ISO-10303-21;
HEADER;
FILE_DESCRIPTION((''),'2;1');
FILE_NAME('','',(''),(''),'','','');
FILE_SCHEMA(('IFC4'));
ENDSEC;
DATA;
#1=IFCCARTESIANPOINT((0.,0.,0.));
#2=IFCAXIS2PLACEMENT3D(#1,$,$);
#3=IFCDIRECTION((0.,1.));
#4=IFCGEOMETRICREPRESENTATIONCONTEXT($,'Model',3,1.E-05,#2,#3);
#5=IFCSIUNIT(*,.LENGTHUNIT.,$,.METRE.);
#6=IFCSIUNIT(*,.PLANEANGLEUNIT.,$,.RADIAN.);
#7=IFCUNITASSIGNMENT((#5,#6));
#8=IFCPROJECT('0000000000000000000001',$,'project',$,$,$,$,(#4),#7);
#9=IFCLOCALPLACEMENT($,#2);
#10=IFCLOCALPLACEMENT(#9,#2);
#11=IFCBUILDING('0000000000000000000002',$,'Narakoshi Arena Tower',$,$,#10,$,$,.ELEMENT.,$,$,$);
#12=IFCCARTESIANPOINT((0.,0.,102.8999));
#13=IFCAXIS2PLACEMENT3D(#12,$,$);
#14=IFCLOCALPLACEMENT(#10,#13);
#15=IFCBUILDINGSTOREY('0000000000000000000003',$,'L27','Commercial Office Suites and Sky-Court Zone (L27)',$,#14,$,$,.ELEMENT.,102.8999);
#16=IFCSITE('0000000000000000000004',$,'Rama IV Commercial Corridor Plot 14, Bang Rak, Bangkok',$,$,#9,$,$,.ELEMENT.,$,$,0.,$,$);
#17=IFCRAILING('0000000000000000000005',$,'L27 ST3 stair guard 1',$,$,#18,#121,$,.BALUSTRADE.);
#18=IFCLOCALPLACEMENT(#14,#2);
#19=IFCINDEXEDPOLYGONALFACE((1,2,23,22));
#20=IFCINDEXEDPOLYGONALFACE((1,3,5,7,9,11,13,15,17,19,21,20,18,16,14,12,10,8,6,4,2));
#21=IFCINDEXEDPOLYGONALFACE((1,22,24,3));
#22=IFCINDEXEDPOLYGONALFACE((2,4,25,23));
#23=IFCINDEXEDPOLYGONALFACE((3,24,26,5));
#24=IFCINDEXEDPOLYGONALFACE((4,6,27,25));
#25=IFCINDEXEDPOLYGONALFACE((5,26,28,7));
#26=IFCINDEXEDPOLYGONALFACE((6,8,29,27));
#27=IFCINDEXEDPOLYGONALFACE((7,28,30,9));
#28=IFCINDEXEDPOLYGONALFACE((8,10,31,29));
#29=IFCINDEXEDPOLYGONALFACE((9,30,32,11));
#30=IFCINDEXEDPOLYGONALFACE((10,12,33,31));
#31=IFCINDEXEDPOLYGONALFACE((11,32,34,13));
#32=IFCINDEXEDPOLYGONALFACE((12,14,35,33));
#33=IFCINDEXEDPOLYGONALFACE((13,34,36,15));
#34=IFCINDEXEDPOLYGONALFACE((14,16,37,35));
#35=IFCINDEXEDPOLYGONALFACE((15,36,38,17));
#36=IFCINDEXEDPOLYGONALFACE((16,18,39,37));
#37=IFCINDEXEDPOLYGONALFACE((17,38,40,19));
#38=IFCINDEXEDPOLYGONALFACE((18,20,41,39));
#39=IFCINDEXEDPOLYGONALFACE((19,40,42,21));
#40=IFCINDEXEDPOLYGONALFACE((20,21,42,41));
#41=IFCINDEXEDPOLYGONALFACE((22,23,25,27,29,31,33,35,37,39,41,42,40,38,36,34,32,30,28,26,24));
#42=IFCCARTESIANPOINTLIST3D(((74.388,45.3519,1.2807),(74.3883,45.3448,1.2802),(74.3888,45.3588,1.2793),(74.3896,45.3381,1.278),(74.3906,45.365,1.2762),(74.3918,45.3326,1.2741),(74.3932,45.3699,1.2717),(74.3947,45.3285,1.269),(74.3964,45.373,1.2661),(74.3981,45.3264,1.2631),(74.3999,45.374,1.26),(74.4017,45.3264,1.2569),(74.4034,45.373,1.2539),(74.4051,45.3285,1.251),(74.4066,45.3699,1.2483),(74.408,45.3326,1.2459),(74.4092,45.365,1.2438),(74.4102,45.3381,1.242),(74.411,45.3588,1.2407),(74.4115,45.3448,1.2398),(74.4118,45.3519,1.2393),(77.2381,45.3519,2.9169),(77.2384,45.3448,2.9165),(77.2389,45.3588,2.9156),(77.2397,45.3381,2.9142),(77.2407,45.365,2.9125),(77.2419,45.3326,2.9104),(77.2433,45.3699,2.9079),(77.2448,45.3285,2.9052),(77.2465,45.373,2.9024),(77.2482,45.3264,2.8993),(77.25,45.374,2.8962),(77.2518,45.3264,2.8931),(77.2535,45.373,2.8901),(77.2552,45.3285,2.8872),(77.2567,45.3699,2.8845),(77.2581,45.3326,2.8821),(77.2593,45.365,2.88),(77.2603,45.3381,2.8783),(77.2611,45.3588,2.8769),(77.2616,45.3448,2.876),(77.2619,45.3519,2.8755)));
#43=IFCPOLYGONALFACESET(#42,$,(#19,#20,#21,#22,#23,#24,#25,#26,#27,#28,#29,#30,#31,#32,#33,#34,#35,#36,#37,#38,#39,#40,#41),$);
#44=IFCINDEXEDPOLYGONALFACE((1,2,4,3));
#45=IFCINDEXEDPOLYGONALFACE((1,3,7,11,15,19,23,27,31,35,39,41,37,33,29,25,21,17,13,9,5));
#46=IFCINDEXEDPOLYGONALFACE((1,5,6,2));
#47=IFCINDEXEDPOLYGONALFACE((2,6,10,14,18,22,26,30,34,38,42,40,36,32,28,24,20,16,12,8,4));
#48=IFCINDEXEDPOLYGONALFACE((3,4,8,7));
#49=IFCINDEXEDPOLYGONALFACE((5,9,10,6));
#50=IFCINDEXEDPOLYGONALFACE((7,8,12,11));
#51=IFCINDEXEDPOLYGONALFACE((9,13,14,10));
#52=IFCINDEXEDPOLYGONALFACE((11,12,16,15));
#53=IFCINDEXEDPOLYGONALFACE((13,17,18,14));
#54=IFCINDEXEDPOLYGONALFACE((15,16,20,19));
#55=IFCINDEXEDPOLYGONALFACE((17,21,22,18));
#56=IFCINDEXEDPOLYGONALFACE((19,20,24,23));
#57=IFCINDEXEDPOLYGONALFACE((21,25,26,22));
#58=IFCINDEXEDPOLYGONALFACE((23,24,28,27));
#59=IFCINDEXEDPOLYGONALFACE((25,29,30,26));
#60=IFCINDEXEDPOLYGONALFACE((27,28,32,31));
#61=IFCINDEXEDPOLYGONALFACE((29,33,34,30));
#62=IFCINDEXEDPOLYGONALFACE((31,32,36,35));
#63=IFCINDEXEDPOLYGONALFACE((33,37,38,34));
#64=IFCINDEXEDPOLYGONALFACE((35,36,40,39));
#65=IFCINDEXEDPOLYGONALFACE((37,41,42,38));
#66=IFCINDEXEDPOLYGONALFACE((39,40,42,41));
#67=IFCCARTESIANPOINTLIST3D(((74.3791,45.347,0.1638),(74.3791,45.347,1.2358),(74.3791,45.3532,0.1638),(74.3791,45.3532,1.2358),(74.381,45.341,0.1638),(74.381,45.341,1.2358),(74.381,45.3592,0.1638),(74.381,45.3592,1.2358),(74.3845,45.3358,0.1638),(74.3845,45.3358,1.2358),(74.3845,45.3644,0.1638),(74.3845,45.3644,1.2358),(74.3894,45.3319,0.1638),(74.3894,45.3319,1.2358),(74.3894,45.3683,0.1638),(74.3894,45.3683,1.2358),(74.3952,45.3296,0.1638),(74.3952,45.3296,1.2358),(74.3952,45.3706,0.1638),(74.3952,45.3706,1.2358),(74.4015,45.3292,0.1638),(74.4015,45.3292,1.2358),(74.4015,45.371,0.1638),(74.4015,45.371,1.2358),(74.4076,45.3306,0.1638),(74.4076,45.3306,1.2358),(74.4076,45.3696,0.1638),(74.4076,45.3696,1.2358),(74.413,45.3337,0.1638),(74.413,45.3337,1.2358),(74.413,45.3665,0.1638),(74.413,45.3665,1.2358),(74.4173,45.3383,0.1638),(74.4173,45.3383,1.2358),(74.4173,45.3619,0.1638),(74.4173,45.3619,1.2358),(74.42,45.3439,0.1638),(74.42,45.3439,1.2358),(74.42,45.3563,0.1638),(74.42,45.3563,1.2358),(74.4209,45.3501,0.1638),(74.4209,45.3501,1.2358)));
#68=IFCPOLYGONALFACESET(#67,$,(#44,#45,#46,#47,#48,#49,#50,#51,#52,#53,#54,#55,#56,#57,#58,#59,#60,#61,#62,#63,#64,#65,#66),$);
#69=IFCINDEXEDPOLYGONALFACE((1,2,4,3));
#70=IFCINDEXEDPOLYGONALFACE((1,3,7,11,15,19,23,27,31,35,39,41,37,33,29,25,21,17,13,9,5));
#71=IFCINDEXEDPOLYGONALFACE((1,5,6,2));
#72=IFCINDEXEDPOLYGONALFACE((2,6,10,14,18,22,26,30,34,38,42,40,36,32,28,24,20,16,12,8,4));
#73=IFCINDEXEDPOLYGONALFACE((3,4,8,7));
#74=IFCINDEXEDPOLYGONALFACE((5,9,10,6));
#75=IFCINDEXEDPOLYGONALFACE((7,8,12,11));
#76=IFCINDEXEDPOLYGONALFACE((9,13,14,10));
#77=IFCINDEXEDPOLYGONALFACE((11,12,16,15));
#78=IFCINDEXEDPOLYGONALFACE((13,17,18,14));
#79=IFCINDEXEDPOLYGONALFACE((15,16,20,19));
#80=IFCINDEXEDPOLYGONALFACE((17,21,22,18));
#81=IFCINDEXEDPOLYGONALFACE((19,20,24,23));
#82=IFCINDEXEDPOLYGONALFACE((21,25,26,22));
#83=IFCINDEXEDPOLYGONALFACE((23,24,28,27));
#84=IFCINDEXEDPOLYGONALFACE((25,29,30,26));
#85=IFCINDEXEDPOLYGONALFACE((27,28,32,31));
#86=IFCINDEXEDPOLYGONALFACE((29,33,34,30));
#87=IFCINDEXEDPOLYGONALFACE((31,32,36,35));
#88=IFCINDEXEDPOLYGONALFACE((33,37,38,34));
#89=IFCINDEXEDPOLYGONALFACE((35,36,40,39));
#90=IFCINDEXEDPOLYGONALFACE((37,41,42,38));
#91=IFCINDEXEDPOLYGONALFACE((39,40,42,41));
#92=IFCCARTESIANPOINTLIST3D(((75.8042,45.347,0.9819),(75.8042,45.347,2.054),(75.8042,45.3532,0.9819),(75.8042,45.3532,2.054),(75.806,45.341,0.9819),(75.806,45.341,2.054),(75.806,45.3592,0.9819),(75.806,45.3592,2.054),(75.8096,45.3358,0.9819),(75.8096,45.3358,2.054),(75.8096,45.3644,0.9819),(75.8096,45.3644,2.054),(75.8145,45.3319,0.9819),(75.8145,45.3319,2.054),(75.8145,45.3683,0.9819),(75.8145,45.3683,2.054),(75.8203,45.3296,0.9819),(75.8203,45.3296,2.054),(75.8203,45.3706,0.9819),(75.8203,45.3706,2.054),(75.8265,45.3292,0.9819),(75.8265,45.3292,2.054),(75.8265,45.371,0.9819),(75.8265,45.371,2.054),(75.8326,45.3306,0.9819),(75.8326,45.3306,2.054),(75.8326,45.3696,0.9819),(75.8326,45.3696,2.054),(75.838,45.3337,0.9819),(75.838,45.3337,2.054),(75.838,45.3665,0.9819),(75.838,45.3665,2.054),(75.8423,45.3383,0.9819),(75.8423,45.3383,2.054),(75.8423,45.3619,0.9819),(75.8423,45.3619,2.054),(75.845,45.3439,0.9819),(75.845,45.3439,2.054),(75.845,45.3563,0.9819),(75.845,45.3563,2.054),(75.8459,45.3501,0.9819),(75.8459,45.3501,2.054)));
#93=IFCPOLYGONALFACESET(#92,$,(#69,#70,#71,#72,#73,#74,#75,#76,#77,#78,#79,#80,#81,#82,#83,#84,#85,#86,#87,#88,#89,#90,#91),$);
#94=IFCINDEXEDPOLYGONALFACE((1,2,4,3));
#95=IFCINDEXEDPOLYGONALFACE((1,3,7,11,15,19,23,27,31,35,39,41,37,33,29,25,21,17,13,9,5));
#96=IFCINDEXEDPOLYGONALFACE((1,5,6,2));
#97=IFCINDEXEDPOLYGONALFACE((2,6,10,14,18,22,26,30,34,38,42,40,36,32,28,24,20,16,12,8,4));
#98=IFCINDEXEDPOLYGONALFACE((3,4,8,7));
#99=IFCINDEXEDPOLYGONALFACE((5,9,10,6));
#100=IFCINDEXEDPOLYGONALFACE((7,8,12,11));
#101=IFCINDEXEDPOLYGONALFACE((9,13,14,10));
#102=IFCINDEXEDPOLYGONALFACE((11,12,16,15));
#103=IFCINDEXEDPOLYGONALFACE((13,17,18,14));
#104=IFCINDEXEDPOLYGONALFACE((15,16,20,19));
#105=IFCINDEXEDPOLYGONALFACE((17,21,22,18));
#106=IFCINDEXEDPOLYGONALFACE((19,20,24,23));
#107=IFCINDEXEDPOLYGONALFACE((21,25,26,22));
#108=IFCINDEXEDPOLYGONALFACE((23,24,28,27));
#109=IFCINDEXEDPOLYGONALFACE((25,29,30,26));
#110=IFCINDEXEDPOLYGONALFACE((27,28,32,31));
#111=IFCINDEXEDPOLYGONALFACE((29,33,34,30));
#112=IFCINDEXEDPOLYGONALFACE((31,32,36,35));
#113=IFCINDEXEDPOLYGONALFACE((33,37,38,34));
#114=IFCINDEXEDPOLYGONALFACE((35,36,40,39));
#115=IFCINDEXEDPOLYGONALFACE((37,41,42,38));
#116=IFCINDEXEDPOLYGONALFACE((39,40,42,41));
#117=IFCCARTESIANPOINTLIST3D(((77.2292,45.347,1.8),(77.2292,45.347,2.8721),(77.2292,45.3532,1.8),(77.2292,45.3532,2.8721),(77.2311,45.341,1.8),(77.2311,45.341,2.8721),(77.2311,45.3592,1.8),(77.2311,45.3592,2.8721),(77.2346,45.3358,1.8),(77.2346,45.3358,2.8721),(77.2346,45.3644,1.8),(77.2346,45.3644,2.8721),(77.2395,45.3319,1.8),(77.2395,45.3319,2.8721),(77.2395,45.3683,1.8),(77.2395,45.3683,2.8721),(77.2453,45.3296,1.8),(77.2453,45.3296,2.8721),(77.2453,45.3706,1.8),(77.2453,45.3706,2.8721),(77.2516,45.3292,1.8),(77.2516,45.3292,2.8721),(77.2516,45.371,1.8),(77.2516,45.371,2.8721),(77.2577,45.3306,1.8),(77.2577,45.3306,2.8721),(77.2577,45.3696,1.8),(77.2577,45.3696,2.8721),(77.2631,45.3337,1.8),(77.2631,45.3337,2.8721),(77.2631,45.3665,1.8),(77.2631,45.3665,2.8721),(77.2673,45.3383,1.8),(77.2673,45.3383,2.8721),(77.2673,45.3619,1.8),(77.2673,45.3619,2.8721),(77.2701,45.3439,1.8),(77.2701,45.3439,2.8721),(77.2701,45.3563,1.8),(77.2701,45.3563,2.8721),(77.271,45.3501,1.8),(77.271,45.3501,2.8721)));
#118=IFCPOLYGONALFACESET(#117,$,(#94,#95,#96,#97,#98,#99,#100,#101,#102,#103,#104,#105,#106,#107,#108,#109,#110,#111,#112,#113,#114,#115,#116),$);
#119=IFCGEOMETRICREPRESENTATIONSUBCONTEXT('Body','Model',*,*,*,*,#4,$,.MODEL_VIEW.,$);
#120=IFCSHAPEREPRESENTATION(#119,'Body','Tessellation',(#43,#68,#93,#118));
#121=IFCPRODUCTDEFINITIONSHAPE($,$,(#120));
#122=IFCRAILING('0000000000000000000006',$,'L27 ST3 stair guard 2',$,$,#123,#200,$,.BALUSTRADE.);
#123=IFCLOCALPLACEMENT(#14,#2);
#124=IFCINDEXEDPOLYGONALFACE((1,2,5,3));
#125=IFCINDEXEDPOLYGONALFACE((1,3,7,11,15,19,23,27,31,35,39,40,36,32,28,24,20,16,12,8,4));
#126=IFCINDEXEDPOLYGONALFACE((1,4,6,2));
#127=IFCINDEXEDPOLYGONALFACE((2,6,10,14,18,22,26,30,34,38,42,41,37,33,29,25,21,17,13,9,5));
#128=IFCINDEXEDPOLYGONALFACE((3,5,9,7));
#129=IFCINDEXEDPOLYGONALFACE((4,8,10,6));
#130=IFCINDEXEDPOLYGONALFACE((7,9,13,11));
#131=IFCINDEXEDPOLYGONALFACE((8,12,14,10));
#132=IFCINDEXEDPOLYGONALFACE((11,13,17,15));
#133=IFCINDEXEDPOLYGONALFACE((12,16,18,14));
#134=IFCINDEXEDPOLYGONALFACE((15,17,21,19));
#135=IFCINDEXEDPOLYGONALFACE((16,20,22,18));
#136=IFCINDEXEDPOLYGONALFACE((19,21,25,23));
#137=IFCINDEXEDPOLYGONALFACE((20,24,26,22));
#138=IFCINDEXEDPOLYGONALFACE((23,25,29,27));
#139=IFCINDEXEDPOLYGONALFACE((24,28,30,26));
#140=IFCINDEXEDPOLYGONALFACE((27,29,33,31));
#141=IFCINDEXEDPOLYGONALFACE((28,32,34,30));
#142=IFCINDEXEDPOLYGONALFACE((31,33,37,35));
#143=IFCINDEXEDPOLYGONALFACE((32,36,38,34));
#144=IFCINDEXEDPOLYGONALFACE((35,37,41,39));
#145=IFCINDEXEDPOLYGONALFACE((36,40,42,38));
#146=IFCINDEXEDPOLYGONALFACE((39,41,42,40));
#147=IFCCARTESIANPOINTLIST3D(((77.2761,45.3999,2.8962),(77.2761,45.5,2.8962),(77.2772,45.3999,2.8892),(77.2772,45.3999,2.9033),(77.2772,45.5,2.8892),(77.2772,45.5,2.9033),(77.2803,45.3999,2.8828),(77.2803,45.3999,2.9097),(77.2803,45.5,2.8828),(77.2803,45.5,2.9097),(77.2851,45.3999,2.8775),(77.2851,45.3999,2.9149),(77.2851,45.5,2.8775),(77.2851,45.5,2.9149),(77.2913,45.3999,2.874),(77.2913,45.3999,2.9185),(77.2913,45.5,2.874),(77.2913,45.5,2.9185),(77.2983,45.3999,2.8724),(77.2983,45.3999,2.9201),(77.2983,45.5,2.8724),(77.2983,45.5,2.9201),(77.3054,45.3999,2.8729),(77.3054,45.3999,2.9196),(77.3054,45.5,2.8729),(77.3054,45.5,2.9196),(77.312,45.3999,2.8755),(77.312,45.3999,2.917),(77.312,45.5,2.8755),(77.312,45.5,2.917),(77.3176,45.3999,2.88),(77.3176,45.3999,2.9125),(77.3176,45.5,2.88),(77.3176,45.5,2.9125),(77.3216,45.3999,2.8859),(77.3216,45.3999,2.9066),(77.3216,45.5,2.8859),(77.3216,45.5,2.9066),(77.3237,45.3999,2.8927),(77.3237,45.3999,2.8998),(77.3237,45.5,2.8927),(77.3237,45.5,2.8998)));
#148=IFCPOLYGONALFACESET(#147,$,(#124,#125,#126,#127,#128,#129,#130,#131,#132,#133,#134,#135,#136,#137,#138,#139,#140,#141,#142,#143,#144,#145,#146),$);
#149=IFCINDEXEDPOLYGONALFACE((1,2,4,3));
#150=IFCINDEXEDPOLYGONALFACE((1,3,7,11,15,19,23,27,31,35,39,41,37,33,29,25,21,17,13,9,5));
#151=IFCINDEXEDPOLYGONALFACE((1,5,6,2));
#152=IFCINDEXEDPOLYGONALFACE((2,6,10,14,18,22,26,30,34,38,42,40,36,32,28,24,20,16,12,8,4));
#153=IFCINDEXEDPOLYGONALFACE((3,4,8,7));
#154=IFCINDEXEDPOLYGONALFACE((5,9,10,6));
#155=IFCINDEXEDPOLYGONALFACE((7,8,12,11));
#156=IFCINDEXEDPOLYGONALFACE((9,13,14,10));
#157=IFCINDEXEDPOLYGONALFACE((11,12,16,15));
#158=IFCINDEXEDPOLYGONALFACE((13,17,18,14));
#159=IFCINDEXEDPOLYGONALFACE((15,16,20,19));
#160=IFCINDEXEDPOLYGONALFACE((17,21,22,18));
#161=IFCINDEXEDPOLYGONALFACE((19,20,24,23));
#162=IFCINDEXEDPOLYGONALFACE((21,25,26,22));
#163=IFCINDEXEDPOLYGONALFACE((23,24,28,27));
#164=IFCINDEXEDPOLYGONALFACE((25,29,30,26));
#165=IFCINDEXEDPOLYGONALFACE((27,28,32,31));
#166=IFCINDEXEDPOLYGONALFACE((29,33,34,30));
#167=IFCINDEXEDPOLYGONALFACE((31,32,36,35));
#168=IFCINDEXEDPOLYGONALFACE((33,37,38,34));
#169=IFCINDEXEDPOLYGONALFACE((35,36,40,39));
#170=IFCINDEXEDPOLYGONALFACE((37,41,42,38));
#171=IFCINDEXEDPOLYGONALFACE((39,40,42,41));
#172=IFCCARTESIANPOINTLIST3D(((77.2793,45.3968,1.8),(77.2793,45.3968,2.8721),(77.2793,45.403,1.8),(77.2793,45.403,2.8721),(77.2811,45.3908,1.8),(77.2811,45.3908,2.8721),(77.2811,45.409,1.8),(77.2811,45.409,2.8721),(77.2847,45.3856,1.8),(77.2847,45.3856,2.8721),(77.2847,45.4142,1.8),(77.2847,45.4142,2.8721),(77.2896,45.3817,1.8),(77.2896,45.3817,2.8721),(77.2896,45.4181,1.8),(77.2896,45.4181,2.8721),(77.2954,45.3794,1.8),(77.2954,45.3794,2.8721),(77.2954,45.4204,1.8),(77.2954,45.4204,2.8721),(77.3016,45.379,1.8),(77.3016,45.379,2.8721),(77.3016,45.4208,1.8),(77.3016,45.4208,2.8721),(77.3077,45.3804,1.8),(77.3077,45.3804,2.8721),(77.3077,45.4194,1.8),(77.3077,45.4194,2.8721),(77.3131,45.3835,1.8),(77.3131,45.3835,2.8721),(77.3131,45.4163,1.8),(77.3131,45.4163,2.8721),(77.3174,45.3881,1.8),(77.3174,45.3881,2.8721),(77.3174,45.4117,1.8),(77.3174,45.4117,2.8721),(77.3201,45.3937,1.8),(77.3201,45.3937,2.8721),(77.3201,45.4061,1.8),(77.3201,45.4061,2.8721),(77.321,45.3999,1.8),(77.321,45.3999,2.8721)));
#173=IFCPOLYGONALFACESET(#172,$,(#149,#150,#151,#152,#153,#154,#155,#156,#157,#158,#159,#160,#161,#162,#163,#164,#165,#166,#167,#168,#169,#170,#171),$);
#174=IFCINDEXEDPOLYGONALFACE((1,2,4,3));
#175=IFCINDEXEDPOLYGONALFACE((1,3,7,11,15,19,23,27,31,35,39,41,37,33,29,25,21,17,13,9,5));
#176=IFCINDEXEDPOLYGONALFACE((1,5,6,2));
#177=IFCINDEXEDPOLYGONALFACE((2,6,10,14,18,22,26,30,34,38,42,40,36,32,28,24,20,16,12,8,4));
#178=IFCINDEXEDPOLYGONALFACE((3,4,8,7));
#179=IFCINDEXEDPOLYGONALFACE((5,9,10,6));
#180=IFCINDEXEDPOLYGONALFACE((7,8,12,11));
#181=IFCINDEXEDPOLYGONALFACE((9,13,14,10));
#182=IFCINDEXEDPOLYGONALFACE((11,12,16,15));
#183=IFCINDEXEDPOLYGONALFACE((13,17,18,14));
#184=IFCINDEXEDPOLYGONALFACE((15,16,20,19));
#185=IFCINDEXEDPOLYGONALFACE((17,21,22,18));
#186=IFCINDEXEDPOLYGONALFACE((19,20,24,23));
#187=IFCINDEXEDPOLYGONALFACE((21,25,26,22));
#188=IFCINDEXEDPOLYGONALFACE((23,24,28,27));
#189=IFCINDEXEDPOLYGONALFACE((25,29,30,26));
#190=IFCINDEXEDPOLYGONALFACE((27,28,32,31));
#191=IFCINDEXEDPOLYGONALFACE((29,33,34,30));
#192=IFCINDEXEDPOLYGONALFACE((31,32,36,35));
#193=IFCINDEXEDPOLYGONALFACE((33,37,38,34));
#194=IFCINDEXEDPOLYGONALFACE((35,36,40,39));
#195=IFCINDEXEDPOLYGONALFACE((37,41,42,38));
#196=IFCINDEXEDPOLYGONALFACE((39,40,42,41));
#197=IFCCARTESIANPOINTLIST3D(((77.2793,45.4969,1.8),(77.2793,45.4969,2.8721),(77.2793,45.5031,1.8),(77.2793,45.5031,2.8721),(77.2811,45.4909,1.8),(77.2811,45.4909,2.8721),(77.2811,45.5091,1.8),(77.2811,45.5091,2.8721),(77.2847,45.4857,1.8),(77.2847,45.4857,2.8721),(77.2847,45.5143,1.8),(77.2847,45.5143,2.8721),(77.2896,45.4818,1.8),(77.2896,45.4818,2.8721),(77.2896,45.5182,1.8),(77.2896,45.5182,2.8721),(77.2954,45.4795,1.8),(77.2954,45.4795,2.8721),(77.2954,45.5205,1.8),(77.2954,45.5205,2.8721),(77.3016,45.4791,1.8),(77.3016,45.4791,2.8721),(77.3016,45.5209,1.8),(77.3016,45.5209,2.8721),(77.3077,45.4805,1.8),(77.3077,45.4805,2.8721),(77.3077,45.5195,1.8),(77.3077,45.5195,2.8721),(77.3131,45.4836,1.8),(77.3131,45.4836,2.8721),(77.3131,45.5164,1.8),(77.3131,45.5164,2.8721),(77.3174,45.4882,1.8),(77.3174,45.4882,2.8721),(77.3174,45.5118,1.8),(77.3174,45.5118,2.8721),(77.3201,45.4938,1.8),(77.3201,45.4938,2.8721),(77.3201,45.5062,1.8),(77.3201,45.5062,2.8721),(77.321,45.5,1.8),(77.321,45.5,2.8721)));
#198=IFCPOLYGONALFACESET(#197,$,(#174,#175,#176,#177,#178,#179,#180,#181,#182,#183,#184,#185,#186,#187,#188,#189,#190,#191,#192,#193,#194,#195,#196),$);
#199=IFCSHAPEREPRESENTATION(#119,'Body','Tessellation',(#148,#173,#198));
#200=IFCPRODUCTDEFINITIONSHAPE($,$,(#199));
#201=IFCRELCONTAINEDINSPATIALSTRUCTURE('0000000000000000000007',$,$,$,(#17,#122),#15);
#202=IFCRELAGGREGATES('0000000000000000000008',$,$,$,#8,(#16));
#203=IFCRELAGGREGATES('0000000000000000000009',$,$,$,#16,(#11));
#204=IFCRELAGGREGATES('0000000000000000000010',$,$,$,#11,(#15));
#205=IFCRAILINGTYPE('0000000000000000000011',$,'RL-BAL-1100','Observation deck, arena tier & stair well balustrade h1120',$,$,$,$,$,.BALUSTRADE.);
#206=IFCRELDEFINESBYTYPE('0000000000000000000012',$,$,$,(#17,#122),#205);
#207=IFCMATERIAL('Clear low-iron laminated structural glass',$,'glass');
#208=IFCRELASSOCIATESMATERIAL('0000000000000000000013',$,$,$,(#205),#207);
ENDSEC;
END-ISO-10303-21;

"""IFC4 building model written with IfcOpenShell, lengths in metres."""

from ifc_helpers import new_model, si_unit, direction, frame, origin, origin_2d, place, context, subcontext, project, spatial, circle, extrude, material, type_object, element, save


model = new_model("IFC4")

# Units and contexts
model_context = context("Model", 3, precision=1e-05, world=origin(), true_north=direction((0.0, 1.0)))
body_context = subcontext(model_context, "Body", "Model", "MODEL_VIEW")
ifc_project = project(units=[si_unit("LENGTHUNIT", "METRE"), si_unit("PLANEANGLEUNIT", "RADIAN")], contexts=[model_context])

# Site, building, storey
site_placement = place(None, origin())
site = spatial("IfcSite", under=ifc_project, at=site_placement, Name="Rama IV Commercial Corridor Plot 14, Bang Rak, Bangkok", CompositionType="ELEMENT", RefElevation=0.0)
building_placement = place(site_placement, origin())
building = spatial("IfcBuilding", under=site, at=building_placement, Name="Narakoshi Arena Tower", CompositionType="ELEMENT")
storey_placement = place(building_placement, frame((0.0, 0.0, 102.8999)))
storey = spatial("IfcBuildingStorey", under=building, at=storey_placement, Name="L27", Description="Commercial Office Suites and Sky-Court Zone (L27)", CompositionType="ELEMENT", Elevation=102.8999)

# Railings
ifc_material_1 = material(Name="Clear low-iron laminated structural glass", Category="glass")
railing_type_1 = type_object("IfcRailingType", Name="RL-BAL-1100", Description="Observation deck, arena tier & stair well balustrade h1120", PredefinedType="BALUSTRADE", material=ifc_material_1)
railing_1_placement = place(storey_placement, frame((74.3999, 45.3501, 0.1638)))
element("IfcRailing", 1, at=railing_1_placement, inside=storey, type_object=railing_type_1, Name="L27 ST3 stair guard 1", PredefinedType="BALUSTRADE", context=body_context, shape_type="SweptSolid", body=[
    extrude(circle(Radius=0.0239, at=origin_2d()), frame((0.0, 0.0, 1.0962), z_axis=(0.867245, 0.0, 0.497882), x_axis=(0.0, 1.0, 0.0)), (0.0, 0.0, 1.0), 3.2864),
    extrude(circle(Radius=0.021, at=origin_2d()), origin(), (0.0, 0.0, 1.0), 1.072),
    extrude(circle(Radius=0.021, at=origin_2d()), frame((1.425, 0.0, 0.8181)), (0.0, 0.0, 1.0), 1.072),
    extrude(circle(Radius=0.021, at=origin_2d()), frame((2.8501, 0.0, 1.6362)), (0.0, 0.0, 1.0), 1.072),
])
for number, where, name in (
    (2, (77.3, 45.3999, 1.8), "L27 ST3 stair guard 2"),
):
    element("IfcRailing", number, at=place(storey_placement, frame(where)), inside=storey, type_object=railing_type_1, Name=name, PredefinedType="BALUSTRADE", context=body_context, shape_type="SweptSolid", body=[
        extrude(circle(Radius=0.0239, at=origin_2d()), frame((0.0, 0.0, 1.0962), z_axis=(0.0, 1.0, 0.0), x_axis=(-1.0, 0.0, 0.0)), (0.0, 0.0, 1.0), 0.1001),
        extrude(circle(Radius=0.021, at=origin_2d()), origin(), (0.0, 0.0, 1.0), 1.072),
        extrude(circle(Radius=0.021, at=origin_2d()), frame((0.0, 0.1001, 0.0)), (0.0, 0.0, 1.0), 1.072),
    ])

save(model, "model.ifc")
